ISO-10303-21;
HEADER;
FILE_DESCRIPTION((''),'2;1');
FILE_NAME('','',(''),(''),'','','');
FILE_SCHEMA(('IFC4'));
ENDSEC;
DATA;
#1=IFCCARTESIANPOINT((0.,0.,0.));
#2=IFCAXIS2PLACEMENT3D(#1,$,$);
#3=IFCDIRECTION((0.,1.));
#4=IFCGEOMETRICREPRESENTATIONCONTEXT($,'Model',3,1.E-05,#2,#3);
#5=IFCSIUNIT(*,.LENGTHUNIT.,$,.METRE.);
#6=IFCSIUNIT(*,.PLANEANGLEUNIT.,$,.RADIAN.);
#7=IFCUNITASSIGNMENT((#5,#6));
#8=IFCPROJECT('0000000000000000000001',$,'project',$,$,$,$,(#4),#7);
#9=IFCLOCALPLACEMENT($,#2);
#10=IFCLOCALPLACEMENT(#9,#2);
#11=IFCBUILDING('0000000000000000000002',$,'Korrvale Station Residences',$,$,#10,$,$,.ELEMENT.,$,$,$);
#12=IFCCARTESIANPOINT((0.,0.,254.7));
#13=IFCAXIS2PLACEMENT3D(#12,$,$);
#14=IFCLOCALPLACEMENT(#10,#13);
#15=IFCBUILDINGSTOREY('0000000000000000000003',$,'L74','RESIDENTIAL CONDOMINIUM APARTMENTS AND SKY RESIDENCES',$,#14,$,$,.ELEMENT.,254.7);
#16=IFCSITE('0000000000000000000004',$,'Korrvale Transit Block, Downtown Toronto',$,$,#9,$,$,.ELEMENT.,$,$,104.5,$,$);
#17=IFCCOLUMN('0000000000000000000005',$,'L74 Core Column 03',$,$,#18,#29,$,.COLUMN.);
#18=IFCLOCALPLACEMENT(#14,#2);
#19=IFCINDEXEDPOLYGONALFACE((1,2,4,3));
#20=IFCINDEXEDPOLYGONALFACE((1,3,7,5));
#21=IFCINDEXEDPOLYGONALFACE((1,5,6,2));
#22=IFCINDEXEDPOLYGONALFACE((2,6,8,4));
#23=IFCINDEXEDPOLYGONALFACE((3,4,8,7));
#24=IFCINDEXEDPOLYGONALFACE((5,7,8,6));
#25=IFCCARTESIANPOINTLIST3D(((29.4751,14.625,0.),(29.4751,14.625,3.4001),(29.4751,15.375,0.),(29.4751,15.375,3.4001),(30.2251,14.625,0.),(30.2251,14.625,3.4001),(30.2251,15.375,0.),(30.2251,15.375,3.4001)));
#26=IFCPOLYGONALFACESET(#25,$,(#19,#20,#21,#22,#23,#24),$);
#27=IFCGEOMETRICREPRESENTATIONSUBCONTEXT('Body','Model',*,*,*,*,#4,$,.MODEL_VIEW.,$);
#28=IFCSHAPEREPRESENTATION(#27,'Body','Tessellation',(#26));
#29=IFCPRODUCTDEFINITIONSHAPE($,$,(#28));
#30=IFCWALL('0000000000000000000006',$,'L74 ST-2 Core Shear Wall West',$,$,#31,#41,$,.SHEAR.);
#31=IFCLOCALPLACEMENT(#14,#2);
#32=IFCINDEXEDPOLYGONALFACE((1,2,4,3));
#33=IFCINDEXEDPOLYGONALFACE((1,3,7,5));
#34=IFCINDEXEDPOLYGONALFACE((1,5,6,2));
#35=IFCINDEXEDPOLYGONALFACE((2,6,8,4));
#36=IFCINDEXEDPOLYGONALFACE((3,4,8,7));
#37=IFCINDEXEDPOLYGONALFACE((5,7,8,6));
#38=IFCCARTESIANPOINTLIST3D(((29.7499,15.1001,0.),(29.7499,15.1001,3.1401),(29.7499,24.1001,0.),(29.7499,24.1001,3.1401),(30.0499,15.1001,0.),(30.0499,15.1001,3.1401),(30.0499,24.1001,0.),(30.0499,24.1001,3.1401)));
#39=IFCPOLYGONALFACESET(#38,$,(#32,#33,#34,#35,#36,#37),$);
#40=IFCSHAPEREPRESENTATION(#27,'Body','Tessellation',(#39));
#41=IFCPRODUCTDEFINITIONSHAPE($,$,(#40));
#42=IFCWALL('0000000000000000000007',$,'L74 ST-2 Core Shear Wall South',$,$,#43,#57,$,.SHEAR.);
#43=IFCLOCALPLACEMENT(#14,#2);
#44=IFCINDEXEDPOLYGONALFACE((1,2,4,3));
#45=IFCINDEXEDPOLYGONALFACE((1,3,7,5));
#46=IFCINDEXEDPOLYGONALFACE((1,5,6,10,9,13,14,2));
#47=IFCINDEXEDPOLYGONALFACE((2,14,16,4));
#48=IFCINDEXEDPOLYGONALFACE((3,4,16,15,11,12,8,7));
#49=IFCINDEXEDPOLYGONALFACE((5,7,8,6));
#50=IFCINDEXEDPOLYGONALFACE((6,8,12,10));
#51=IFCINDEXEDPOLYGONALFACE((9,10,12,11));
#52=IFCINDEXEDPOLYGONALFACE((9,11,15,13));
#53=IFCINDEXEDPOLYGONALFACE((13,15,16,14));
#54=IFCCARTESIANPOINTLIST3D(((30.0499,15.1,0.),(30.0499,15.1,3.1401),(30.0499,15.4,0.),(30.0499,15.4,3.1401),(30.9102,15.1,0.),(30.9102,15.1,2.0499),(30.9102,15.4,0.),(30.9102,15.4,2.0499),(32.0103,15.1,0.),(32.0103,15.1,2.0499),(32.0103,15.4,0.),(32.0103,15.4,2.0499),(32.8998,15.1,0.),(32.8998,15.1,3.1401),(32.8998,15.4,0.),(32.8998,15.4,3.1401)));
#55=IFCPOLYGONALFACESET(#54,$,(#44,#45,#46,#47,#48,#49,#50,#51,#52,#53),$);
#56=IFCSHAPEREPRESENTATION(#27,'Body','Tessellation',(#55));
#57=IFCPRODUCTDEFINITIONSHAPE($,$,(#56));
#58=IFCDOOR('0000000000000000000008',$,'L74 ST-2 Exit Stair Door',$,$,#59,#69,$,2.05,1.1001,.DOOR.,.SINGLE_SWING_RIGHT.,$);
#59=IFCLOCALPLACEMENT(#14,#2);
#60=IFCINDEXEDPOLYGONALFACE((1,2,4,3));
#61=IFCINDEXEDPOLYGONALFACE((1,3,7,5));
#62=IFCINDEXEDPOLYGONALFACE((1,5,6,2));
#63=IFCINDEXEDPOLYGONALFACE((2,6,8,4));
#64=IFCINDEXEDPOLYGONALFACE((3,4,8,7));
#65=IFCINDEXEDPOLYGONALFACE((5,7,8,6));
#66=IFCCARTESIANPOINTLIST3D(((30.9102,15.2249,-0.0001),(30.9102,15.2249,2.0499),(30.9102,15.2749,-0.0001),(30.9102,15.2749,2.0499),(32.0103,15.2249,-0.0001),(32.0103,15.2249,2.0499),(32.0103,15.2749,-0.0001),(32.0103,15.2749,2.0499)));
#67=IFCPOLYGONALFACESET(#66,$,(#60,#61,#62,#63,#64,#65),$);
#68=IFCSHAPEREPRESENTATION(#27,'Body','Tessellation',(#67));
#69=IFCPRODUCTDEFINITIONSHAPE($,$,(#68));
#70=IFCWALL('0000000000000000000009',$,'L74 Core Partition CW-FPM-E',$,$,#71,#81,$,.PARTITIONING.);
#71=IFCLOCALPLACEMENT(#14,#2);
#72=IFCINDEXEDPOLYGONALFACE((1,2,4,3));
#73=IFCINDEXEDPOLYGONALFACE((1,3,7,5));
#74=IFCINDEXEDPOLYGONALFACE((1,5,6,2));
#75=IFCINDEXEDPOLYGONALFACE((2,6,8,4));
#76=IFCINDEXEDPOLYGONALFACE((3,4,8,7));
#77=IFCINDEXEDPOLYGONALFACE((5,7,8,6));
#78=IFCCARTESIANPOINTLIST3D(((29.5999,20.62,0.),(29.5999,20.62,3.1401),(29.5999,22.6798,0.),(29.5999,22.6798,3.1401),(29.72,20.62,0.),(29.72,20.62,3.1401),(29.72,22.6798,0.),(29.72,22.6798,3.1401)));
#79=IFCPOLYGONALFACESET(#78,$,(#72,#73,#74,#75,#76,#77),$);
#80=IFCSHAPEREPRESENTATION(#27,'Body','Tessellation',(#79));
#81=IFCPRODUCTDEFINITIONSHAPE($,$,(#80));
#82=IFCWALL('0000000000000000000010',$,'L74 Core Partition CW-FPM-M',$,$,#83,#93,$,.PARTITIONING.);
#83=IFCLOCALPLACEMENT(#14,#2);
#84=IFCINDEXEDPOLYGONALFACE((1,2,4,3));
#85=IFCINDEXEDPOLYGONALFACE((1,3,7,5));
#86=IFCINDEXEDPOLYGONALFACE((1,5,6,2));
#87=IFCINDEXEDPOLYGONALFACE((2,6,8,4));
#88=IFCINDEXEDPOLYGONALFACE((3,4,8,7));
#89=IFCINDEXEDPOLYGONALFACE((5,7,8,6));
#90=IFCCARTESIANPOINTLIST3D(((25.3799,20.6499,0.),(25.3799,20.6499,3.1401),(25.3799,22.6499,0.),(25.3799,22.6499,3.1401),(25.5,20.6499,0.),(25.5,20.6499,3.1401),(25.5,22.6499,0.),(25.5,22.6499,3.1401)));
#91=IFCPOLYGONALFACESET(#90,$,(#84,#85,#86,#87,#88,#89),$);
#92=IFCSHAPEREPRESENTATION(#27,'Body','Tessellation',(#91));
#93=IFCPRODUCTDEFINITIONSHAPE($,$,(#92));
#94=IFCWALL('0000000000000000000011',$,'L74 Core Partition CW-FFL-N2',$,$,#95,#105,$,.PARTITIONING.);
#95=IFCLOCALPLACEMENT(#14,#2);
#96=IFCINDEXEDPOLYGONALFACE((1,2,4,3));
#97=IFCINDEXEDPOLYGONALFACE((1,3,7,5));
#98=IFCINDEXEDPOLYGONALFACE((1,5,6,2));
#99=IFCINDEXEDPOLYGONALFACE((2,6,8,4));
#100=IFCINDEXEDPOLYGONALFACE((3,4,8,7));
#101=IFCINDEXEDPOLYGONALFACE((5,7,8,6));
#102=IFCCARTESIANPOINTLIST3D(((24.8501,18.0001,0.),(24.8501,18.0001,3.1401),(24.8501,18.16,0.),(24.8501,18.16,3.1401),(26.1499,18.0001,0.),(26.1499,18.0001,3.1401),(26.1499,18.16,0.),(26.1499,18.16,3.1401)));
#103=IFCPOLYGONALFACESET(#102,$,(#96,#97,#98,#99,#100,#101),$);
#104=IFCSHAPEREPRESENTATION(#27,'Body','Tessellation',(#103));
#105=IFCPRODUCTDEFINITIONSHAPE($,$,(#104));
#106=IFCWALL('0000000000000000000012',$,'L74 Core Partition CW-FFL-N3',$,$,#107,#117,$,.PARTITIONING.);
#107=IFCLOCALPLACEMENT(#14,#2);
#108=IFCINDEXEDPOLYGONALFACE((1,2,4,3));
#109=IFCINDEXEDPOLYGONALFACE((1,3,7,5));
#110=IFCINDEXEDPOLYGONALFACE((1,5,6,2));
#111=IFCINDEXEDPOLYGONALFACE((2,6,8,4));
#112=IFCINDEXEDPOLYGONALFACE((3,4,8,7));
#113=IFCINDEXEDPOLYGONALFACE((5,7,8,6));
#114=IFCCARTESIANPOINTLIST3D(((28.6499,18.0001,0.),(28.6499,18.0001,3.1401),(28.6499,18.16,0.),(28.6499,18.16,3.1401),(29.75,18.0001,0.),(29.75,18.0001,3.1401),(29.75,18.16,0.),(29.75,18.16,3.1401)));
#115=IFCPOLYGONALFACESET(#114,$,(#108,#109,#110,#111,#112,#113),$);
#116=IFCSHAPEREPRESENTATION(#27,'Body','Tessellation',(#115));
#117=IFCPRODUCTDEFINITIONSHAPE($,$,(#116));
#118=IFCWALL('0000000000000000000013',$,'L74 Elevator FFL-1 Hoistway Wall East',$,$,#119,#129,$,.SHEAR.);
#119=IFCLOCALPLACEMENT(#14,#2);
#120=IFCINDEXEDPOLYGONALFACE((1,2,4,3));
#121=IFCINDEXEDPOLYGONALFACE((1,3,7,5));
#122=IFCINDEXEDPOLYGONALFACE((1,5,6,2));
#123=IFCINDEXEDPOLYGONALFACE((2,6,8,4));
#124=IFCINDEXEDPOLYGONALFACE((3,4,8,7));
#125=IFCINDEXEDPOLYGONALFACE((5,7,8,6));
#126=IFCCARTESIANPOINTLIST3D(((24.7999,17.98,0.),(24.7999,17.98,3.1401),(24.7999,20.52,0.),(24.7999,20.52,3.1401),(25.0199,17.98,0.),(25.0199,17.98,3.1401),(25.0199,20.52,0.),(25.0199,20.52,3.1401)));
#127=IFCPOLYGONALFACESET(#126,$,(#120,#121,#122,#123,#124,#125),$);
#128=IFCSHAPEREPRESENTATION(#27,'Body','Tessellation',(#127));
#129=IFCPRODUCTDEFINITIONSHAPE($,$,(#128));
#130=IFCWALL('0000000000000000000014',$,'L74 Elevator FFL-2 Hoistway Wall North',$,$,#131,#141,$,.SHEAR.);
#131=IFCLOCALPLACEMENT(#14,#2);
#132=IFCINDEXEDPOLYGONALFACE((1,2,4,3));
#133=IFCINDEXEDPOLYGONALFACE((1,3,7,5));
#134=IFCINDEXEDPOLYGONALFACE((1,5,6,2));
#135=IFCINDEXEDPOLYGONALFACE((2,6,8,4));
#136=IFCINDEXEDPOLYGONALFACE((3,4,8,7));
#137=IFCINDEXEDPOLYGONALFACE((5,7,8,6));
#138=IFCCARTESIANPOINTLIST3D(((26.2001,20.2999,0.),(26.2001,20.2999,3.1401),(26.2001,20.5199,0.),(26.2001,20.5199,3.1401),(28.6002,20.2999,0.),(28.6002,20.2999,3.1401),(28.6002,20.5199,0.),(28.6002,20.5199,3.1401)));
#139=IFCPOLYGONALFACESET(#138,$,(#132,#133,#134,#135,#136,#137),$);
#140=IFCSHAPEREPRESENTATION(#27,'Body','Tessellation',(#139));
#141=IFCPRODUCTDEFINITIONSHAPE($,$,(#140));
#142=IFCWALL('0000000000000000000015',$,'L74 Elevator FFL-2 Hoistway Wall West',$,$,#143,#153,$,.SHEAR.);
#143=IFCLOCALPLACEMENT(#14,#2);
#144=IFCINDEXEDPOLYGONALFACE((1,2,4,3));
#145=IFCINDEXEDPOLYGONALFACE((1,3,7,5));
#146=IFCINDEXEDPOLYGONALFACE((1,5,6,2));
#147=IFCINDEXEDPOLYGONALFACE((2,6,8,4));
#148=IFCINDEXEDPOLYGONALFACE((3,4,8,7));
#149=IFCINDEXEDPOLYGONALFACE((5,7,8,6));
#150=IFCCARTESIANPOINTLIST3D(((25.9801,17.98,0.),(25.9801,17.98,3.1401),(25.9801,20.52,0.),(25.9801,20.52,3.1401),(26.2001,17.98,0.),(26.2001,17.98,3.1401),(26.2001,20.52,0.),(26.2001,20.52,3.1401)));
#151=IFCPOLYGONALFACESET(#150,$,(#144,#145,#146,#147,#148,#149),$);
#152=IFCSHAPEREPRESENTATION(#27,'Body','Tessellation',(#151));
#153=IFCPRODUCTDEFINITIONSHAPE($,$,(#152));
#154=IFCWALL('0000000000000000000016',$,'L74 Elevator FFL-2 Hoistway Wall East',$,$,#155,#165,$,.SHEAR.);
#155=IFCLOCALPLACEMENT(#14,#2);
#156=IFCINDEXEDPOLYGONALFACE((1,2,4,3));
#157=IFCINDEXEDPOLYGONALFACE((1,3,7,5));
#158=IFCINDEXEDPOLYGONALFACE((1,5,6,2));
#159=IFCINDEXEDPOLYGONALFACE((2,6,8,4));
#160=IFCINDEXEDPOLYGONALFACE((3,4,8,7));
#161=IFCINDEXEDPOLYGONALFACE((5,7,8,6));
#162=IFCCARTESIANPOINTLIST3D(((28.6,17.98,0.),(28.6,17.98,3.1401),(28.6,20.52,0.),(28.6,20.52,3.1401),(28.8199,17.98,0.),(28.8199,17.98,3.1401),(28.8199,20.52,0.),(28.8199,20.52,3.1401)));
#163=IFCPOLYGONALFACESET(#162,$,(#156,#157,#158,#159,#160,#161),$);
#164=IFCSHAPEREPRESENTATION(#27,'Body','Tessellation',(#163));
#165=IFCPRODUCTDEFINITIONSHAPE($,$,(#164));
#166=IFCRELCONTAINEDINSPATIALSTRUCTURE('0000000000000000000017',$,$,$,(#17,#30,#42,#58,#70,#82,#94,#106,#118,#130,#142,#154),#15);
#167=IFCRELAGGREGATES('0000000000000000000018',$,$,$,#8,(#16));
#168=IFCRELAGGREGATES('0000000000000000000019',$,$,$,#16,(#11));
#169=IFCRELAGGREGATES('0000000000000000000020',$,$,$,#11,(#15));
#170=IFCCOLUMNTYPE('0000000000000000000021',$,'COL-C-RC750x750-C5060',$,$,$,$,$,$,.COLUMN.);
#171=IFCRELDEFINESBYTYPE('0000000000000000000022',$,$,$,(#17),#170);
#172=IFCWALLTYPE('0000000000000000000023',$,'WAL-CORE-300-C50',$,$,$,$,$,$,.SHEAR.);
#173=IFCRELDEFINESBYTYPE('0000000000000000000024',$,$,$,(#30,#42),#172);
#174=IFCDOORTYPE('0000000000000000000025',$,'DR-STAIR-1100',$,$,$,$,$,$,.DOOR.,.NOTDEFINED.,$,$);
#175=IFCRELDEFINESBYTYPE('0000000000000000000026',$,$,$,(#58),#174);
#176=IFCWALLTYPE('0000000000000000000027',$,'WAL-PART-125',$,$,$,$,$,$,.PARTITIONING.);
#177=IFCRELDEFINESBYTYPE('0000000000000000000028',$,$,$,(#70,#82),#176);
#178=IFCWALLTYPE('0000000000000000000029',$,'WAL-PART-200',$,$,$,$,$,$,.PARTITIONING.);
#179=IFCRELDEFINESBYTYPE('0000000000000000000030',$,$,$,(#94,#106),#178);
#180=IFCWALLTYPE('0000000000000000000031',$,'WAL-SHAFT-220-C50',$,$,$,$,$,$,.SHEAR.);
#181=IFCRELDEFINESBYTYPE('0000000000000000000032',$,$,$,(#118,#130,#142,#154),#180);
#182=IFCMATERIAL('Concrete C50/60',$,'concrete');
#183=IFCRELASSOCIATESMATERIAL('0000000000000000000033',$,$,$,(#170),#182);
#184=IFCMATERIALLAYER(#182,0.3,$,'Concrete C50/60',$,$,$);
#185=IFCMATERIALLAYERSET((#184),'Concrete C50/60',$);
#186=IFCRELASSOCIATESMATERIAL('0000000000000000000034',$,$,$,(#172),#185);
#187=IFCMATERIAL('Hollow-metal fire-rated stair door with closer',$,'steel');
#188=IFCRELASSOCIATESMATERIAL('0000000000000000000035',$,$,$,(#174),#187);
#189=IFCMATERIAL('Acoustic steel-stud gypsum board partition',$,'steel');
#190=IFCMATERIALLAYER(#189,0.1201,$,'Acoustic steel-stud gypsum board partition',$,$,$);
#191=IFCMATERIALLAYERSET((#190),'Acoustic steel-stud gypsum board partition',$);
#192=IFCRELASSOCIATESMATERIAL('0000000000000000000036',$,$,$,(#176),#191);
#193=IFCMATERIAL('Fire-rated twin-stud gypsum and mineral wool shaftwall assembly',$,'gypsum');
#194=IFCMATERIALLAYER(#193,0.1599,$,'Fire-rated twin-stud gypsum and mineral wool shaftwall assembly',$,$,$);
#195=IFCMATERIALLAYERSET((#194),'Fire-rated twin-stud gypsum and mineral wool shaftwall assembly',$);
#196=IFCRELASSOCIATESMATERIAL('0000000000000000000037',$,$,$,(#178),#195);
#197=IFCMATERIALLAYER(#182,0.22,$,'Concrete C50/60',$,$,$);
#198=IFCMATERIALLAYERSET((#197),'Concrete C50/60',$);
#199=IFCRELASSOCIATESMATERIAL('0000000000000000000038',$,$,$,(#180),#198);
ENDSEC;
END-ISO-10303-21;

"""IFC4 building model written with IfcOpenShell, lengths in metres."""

from ifc_helpers import new_model, si_unit, direction, frame, frame_2d, origin, origin_2d, place, context, subcontext, project, spatial, rectangle, extrude, material, layer, layer_set, material_profile, profile_set, type_object, element, fill, save


model = new_model("IFC4")

# Units and contexts
model_context = context("Model", 3, precision=1e-05, world=origin(), true_north=direction((0.0, 1.0)))
body_context = subcontext(model_context, "Body", "Model", "MODEL_VIEW")
ifc_project = project(units=[si_unit("LENGTHUNIT", "METRE"), si_unit("PLANEANGLEUNIT", "RADIAN")], contexts=[model_context])

# Site, building, storey
site_placement = place(None, origin())
site = spatial("IfcSite", under=ifc_project, at=site_placement, Name="Korrvale Transit Block, Downtown Toronto", CompositionType="ELEMENT", RefElevation=104.5)
building_placement = place(site_placement, origin())
building = spatial("IfcBuilding", under=site, at=building_placement, Name="Korrvale Station Residences", CompositionType="ELEMENT")
storey_placement = place(building_placement, frame((0.0, 0.0, 254.7)))
storey = spatial("IfcBuildingStorey", under=building, at=storey_placement, Name="L74", Description="RESIDENTIAL CONDOMINIUM APARTMENTS AND SKY RESIDENCES", CompositionType="ELEMENT", Elevation=254.7)

# Column
ifc_material_1 = material(Name="Concrete C50/60", Category="concrete")
ifc_material_profile = material_profile(ifc_material_1, rectangle(XDim=0.75, YDim=0.75, at=origin_2d()), Name="RC750x750")
ifc_profile_set = profile_set([ifc_material_profile], Name="Concrete C50/60")
column_type = type_object("IfcColumnType", Name="COL-C-RC750x750-C5060", PredefinedType="COLUMN", material=ifc_profile_set)
column_placement = place(storey_placement, frame((29.8501, 15.0, 0.0), z_axis=(0.0, 0.0, 1.0), x_axis=(1.0, 0.0, 0.0)))
element("IfcColumn", 1, at=column_placement, inside=storey, type_object=column_type, Name="L74 Core Column 03", PredefinedType="COLUMN", context=body_context, shape_type="SweptSolid", body=[
    extrude(rectangle(XDim=0.75, YDim=0.75, at=origin_2d()), origin(), (0.0, 0.0, 1.0), 3.4001),
])

# Wall
ifc_layer_1 = layer(ifc_material_1, 0.3, Name="Concrete C50/60")
ifc_layer_set_1 = layer_set([ifc_layer_1], Name="Concrete C50/60")
wall_type_1 = type_object("IfcWallType", Name="WAL-CORE-300-C50", PredefinedType="SHEAR", material=ifc_layer_set_1)
wall_1_placement = place(storey_placement, frame((29.8999, 15.1001, 0.0), z_axis=(0.0, 0.0, 1.0), x_axis=(0.0, 1.0, 0.0)))
element("IfcWall", 2, at=wall_1_placement, inside=storey, type_object=wall_type_1, Name="L74 ST-2 Core Shear Wall West", PredefinedType="SHEAR", context=body_context, shape_type="SweptSolid", body=[
    extrude(rectangle(XDim=9.0, YDim=0.3, at=frame_2d((4.5, 0.0))), origin(), (0.0, 0.0, 1.0), 3.1401),
])

# Wall, opening, door
wall_2_placement = place(storey_placement, frame((30.05, 15.25, 0.0), z_axis=(0.0, 0.0, 1.0), x_axis=(1.0, 0.0, 0.0)))
wall_2 = element("IfcWall", 3, at=wall_2_placement, inside=storey, type_object=wall_type_1, Name="L74 ST-2 Core Shear Wall South", PredefinedType="SHEAR", context=body_context, shape_type="SweptSolid", body=[
    extrude(rectangle(XDim=2.8499, YDim=0.3, at=frame_2d((1.4248, 0.0))), origin(), (0.0, 0.0, 1.0), 3.1401),
])
opening_1_placement = place(wall_2_placement, frame((0.8601, 0.0, 0.0)))
opening_1 = element("IfcOpeningElement", 4, at=opening_1_placement, cuts=wall_2, PredefinedType="OPENING", context=body_context, shape_type="SweptSolid", body=[
    extrude(rectangle(XDim=1.1001, YDim=2.05, at=frame_2d((0.55, 1.0249))), frame((0.0, 0.1602, 0.0), z_axis=(0.0, -1.0, 0.0), x_axis=(1.0, 0.0, 0.0)), (0.0, 0.0, 1.0), 0.3201),
])
ifc_material_2 = material(Name="Hollow-metal fire-rated stair door with closer", Category="steel")
door_type_1 = type_object("IfcDoorType", Name="DR-STAIR-1100", OperationType="NOTDEFINED", PredefinedType="DOOR", material=ifc_material_2)
door_1_placement = place(opening_1_placement, origin())
door_1 = element("IfcDoor", 5, at=door_1_placement, inside=storey, type_object=door_type_1, Name="L74 ST-2 Exit Stair Door", OperationType="SINGLE_SWING_RIGHT", OverallHeight=2.05, OverallWidth=1.1001, PredefinedType="DOOR", context=body_context, shape_type="SweptSolid", body=[
    extrude(rectangle(XDim=1.1001, YDim=2.05, at=frame_2d((0.55, 1.0249))), frame((0.0, 0.0249, 0.0), z_axis=(0.0, -1.0, 0.0), x_axis=(1.0, 0.0, 0.0)), (0.0, 0.0, 1.0), 0.05),
])
fill(opening_1, door_1)

# Walls
ifc_material_3 = material(Name="Acoustic steel-stud gypsum board partition", Category="steel")
ifc_layer_2 = layer(ifc_material_3, 0.1201, Name="Acoustic steel-stud gypsum board partition")
ifc_layer_set_2 = layer_set([ifc_layer_2], Name="Acoustic steel-stud gypsum board partition")
wall_type_2 = type_object("IfcWallType", Name="WAL-PART-125", PredefinedType="PARTITIONING", material=ifc_layer_set_2)
wall_3_placement = place(storey_placement, frame((29.6599, 20.6201, 0.0), z_axis=(0.0, 0.0, 1.0), x_axis=(0.0, 1.0, 0.0)))
element("IfcWall", 6, at=wall_3_placement, inside=storey, type_object=wall_type_2, Name="L74 Core Partition CW-FPM-E", PredefinedType="PARTITIONING", context=body_context, shape_type="SweptSolid", body=[
    extrude(rectangle(XDim=2.0598, YDim=0.1201, at=frame_2d((1.0298, 0.0))), origin(), (0.0, 0.0, 1.0), 3.1401),
])
wall_4_placement = place(storey_placement, frame((25.4399, 20.6499, 0.0), z_axis=(0.0, 0.0, 1.0), x_axis=(0.0, 1.0, 0.0)))
element("IfcWall", 7, at=wall_4_placement, inside=storey, type_object=wall_type_2, Name="L74 Core Partition CW-FPM-M", PredefinedType="PARTITIONING", context=body_context, shape_type="SweptSolid", body=[
    extrude(rectangle(XDim=2.0, YDim=0.1201, at=frame_2d((1.0, 0.0))), origin(), (0.0, 0.0, 1.0), 3.1401),
])
ifc_material_4 = material(Name="Fire-rated twin-stud gypsum and mineral wool shaftwall assembly", Category="gypsum")
ifc_layer_3 = layer(ifc_material_4, 0.1599, Name="Fire-rated twin-stud gypsum and mineral wool shaftwall assembly")
ifc_layer_set_3 = layer_set([ifc_layer_3], Name="Fire-rated twin-stud gypsum and mineral wool shaftwall assembly")
wall_type_3 = type_object("IfcWallType", Name="WAL-PART-200", PredefinedType="PARTITIONING", material=ifc_layer_set_3)
wall_5_placement = place(storey_placement, frame((24.8501, 18.0801, 0.0), z_axis=(0.0, 0.0, 1.0), x_axis=(1.0, 0.0, 0.0)))
element("IfcWall", 8, at=wall_5_placement, inside=storey, type_object=wall_type_3, Name="L74 Core Partition CW-FFL-N2", PredefinedType="PARTITIONING", context=body_context, shape_type="SweptSolid", body=[
    extrude(rectangle(XDim=1.2998, YDim=0.1599, at=frame_2d((0.6499, 0.0))), origin(), (0.0, 0.0, 1.0), 3.1401),
])
wall_6_placement = place(storey_placement, frame((28.6499, 18.0801, 0.0), z_axis=(0.0, 0.0, 1.0), x_axis=(1.0, 0.0, 0.0)))
element("IfcWall", 9, at=wall_6_placement, inside=storey, type_object=wall_type_3, Name="L74 Core Partition CW-FFL-N3", PredefinedType="PARTITIONING", context=body_context, shape_type="SweptSolid", body=[
    extrude(rectangle(XDim=1.1001, YDim=0.1599, at=frame_2d((0.55, 0.0))), origin(), (0.0, 0.0, 1.0), 3.1401),
])
ifc_layer_4 = layer(ifc_material_1, 0.22, Name="Concrete C50/60")
ifc_layer_set_4 = layer_set([ifc_layer_4], Name="Concrete C50/60")
wall_type_4 = type_object("IfcWallType", Name="WAL-SHAFT-220-C50", PredefinedType="SHEAR", material=ifc_layer_set_4)
wall_7_placement = place(storey_placement, frame((24.9099, 17.98, 0.0), z_axis=(0.0, 0.0, 1.0), x_axis=(0.0, 1.0, 0.0)))
element("IfcWall", 10, at=wall_7_placement, inside=storey, type_object=wall_type_4, Name="L74 Elevator FFL-1 Hoistway Wall East", PredefinedType="SHEAR", context=body_context, shape_type="SweptSolid", body=[
    extrude(rectangle(XDim=2.54, YDim=0.22, at=frame_2d((1.27, 0.0))), origin(), (0.0, 0.0, 1.0), 3.1401),
])

# Walls
wall_8_placement = place(storey_placement, frame((26.2, 20.4099, 0.0), z_axis=(0.0, 0.0, 1.0), x_axis=(1.0, 0.0, 0.0)))
element("IfcWall", 11, at=wall_8_placement, inside=storey, type_object=wall_type_4, Name="L74 Elevator FFL-2 Hoistway Wall North", PredefinedType="SHEAR", context=body_context, shape_type="SweptSolid", body=[
    extrude(rectangle(XDim=2.4001, YDim=0.22, at=frame_2d((1.2002, 0.0))), origin(), (0.0, 0.0, 1.0), 3.1401),
])
for number, where, z_axis, x_axis, name in (
    (12, (26.0901, 17.98, 0.0), (0.0, 0.0, 1.0), (0.0, 1.0, 0.0), "L74 Elevator FFL-2 Hoistway Wall West"),
    (13, (28.71, 17.98, 0.0), (0.0, 0.0, 1.0), (0.0, 1.0, 0.0), "L74 Elevator FFL-2 Hoistway Wall East"),
):
    element("IfcWall", number, at=place(storey_placement, frame(where, z_axis=z_axis, x_axis=x_axis)), inside=storey, type_object=wall_type_4, Name=name, PredefinedType="SHEAR", context=body_context, shape_type="SweptSolid", body=[
        extrude(rectangle(XDim=2.54, YDim=0.22, at=frame_2d((1.27, 0.0))), origin(), (0.0, 0.0, 1.0), 3.1401),
    ])

save(model, "model.ifc")
